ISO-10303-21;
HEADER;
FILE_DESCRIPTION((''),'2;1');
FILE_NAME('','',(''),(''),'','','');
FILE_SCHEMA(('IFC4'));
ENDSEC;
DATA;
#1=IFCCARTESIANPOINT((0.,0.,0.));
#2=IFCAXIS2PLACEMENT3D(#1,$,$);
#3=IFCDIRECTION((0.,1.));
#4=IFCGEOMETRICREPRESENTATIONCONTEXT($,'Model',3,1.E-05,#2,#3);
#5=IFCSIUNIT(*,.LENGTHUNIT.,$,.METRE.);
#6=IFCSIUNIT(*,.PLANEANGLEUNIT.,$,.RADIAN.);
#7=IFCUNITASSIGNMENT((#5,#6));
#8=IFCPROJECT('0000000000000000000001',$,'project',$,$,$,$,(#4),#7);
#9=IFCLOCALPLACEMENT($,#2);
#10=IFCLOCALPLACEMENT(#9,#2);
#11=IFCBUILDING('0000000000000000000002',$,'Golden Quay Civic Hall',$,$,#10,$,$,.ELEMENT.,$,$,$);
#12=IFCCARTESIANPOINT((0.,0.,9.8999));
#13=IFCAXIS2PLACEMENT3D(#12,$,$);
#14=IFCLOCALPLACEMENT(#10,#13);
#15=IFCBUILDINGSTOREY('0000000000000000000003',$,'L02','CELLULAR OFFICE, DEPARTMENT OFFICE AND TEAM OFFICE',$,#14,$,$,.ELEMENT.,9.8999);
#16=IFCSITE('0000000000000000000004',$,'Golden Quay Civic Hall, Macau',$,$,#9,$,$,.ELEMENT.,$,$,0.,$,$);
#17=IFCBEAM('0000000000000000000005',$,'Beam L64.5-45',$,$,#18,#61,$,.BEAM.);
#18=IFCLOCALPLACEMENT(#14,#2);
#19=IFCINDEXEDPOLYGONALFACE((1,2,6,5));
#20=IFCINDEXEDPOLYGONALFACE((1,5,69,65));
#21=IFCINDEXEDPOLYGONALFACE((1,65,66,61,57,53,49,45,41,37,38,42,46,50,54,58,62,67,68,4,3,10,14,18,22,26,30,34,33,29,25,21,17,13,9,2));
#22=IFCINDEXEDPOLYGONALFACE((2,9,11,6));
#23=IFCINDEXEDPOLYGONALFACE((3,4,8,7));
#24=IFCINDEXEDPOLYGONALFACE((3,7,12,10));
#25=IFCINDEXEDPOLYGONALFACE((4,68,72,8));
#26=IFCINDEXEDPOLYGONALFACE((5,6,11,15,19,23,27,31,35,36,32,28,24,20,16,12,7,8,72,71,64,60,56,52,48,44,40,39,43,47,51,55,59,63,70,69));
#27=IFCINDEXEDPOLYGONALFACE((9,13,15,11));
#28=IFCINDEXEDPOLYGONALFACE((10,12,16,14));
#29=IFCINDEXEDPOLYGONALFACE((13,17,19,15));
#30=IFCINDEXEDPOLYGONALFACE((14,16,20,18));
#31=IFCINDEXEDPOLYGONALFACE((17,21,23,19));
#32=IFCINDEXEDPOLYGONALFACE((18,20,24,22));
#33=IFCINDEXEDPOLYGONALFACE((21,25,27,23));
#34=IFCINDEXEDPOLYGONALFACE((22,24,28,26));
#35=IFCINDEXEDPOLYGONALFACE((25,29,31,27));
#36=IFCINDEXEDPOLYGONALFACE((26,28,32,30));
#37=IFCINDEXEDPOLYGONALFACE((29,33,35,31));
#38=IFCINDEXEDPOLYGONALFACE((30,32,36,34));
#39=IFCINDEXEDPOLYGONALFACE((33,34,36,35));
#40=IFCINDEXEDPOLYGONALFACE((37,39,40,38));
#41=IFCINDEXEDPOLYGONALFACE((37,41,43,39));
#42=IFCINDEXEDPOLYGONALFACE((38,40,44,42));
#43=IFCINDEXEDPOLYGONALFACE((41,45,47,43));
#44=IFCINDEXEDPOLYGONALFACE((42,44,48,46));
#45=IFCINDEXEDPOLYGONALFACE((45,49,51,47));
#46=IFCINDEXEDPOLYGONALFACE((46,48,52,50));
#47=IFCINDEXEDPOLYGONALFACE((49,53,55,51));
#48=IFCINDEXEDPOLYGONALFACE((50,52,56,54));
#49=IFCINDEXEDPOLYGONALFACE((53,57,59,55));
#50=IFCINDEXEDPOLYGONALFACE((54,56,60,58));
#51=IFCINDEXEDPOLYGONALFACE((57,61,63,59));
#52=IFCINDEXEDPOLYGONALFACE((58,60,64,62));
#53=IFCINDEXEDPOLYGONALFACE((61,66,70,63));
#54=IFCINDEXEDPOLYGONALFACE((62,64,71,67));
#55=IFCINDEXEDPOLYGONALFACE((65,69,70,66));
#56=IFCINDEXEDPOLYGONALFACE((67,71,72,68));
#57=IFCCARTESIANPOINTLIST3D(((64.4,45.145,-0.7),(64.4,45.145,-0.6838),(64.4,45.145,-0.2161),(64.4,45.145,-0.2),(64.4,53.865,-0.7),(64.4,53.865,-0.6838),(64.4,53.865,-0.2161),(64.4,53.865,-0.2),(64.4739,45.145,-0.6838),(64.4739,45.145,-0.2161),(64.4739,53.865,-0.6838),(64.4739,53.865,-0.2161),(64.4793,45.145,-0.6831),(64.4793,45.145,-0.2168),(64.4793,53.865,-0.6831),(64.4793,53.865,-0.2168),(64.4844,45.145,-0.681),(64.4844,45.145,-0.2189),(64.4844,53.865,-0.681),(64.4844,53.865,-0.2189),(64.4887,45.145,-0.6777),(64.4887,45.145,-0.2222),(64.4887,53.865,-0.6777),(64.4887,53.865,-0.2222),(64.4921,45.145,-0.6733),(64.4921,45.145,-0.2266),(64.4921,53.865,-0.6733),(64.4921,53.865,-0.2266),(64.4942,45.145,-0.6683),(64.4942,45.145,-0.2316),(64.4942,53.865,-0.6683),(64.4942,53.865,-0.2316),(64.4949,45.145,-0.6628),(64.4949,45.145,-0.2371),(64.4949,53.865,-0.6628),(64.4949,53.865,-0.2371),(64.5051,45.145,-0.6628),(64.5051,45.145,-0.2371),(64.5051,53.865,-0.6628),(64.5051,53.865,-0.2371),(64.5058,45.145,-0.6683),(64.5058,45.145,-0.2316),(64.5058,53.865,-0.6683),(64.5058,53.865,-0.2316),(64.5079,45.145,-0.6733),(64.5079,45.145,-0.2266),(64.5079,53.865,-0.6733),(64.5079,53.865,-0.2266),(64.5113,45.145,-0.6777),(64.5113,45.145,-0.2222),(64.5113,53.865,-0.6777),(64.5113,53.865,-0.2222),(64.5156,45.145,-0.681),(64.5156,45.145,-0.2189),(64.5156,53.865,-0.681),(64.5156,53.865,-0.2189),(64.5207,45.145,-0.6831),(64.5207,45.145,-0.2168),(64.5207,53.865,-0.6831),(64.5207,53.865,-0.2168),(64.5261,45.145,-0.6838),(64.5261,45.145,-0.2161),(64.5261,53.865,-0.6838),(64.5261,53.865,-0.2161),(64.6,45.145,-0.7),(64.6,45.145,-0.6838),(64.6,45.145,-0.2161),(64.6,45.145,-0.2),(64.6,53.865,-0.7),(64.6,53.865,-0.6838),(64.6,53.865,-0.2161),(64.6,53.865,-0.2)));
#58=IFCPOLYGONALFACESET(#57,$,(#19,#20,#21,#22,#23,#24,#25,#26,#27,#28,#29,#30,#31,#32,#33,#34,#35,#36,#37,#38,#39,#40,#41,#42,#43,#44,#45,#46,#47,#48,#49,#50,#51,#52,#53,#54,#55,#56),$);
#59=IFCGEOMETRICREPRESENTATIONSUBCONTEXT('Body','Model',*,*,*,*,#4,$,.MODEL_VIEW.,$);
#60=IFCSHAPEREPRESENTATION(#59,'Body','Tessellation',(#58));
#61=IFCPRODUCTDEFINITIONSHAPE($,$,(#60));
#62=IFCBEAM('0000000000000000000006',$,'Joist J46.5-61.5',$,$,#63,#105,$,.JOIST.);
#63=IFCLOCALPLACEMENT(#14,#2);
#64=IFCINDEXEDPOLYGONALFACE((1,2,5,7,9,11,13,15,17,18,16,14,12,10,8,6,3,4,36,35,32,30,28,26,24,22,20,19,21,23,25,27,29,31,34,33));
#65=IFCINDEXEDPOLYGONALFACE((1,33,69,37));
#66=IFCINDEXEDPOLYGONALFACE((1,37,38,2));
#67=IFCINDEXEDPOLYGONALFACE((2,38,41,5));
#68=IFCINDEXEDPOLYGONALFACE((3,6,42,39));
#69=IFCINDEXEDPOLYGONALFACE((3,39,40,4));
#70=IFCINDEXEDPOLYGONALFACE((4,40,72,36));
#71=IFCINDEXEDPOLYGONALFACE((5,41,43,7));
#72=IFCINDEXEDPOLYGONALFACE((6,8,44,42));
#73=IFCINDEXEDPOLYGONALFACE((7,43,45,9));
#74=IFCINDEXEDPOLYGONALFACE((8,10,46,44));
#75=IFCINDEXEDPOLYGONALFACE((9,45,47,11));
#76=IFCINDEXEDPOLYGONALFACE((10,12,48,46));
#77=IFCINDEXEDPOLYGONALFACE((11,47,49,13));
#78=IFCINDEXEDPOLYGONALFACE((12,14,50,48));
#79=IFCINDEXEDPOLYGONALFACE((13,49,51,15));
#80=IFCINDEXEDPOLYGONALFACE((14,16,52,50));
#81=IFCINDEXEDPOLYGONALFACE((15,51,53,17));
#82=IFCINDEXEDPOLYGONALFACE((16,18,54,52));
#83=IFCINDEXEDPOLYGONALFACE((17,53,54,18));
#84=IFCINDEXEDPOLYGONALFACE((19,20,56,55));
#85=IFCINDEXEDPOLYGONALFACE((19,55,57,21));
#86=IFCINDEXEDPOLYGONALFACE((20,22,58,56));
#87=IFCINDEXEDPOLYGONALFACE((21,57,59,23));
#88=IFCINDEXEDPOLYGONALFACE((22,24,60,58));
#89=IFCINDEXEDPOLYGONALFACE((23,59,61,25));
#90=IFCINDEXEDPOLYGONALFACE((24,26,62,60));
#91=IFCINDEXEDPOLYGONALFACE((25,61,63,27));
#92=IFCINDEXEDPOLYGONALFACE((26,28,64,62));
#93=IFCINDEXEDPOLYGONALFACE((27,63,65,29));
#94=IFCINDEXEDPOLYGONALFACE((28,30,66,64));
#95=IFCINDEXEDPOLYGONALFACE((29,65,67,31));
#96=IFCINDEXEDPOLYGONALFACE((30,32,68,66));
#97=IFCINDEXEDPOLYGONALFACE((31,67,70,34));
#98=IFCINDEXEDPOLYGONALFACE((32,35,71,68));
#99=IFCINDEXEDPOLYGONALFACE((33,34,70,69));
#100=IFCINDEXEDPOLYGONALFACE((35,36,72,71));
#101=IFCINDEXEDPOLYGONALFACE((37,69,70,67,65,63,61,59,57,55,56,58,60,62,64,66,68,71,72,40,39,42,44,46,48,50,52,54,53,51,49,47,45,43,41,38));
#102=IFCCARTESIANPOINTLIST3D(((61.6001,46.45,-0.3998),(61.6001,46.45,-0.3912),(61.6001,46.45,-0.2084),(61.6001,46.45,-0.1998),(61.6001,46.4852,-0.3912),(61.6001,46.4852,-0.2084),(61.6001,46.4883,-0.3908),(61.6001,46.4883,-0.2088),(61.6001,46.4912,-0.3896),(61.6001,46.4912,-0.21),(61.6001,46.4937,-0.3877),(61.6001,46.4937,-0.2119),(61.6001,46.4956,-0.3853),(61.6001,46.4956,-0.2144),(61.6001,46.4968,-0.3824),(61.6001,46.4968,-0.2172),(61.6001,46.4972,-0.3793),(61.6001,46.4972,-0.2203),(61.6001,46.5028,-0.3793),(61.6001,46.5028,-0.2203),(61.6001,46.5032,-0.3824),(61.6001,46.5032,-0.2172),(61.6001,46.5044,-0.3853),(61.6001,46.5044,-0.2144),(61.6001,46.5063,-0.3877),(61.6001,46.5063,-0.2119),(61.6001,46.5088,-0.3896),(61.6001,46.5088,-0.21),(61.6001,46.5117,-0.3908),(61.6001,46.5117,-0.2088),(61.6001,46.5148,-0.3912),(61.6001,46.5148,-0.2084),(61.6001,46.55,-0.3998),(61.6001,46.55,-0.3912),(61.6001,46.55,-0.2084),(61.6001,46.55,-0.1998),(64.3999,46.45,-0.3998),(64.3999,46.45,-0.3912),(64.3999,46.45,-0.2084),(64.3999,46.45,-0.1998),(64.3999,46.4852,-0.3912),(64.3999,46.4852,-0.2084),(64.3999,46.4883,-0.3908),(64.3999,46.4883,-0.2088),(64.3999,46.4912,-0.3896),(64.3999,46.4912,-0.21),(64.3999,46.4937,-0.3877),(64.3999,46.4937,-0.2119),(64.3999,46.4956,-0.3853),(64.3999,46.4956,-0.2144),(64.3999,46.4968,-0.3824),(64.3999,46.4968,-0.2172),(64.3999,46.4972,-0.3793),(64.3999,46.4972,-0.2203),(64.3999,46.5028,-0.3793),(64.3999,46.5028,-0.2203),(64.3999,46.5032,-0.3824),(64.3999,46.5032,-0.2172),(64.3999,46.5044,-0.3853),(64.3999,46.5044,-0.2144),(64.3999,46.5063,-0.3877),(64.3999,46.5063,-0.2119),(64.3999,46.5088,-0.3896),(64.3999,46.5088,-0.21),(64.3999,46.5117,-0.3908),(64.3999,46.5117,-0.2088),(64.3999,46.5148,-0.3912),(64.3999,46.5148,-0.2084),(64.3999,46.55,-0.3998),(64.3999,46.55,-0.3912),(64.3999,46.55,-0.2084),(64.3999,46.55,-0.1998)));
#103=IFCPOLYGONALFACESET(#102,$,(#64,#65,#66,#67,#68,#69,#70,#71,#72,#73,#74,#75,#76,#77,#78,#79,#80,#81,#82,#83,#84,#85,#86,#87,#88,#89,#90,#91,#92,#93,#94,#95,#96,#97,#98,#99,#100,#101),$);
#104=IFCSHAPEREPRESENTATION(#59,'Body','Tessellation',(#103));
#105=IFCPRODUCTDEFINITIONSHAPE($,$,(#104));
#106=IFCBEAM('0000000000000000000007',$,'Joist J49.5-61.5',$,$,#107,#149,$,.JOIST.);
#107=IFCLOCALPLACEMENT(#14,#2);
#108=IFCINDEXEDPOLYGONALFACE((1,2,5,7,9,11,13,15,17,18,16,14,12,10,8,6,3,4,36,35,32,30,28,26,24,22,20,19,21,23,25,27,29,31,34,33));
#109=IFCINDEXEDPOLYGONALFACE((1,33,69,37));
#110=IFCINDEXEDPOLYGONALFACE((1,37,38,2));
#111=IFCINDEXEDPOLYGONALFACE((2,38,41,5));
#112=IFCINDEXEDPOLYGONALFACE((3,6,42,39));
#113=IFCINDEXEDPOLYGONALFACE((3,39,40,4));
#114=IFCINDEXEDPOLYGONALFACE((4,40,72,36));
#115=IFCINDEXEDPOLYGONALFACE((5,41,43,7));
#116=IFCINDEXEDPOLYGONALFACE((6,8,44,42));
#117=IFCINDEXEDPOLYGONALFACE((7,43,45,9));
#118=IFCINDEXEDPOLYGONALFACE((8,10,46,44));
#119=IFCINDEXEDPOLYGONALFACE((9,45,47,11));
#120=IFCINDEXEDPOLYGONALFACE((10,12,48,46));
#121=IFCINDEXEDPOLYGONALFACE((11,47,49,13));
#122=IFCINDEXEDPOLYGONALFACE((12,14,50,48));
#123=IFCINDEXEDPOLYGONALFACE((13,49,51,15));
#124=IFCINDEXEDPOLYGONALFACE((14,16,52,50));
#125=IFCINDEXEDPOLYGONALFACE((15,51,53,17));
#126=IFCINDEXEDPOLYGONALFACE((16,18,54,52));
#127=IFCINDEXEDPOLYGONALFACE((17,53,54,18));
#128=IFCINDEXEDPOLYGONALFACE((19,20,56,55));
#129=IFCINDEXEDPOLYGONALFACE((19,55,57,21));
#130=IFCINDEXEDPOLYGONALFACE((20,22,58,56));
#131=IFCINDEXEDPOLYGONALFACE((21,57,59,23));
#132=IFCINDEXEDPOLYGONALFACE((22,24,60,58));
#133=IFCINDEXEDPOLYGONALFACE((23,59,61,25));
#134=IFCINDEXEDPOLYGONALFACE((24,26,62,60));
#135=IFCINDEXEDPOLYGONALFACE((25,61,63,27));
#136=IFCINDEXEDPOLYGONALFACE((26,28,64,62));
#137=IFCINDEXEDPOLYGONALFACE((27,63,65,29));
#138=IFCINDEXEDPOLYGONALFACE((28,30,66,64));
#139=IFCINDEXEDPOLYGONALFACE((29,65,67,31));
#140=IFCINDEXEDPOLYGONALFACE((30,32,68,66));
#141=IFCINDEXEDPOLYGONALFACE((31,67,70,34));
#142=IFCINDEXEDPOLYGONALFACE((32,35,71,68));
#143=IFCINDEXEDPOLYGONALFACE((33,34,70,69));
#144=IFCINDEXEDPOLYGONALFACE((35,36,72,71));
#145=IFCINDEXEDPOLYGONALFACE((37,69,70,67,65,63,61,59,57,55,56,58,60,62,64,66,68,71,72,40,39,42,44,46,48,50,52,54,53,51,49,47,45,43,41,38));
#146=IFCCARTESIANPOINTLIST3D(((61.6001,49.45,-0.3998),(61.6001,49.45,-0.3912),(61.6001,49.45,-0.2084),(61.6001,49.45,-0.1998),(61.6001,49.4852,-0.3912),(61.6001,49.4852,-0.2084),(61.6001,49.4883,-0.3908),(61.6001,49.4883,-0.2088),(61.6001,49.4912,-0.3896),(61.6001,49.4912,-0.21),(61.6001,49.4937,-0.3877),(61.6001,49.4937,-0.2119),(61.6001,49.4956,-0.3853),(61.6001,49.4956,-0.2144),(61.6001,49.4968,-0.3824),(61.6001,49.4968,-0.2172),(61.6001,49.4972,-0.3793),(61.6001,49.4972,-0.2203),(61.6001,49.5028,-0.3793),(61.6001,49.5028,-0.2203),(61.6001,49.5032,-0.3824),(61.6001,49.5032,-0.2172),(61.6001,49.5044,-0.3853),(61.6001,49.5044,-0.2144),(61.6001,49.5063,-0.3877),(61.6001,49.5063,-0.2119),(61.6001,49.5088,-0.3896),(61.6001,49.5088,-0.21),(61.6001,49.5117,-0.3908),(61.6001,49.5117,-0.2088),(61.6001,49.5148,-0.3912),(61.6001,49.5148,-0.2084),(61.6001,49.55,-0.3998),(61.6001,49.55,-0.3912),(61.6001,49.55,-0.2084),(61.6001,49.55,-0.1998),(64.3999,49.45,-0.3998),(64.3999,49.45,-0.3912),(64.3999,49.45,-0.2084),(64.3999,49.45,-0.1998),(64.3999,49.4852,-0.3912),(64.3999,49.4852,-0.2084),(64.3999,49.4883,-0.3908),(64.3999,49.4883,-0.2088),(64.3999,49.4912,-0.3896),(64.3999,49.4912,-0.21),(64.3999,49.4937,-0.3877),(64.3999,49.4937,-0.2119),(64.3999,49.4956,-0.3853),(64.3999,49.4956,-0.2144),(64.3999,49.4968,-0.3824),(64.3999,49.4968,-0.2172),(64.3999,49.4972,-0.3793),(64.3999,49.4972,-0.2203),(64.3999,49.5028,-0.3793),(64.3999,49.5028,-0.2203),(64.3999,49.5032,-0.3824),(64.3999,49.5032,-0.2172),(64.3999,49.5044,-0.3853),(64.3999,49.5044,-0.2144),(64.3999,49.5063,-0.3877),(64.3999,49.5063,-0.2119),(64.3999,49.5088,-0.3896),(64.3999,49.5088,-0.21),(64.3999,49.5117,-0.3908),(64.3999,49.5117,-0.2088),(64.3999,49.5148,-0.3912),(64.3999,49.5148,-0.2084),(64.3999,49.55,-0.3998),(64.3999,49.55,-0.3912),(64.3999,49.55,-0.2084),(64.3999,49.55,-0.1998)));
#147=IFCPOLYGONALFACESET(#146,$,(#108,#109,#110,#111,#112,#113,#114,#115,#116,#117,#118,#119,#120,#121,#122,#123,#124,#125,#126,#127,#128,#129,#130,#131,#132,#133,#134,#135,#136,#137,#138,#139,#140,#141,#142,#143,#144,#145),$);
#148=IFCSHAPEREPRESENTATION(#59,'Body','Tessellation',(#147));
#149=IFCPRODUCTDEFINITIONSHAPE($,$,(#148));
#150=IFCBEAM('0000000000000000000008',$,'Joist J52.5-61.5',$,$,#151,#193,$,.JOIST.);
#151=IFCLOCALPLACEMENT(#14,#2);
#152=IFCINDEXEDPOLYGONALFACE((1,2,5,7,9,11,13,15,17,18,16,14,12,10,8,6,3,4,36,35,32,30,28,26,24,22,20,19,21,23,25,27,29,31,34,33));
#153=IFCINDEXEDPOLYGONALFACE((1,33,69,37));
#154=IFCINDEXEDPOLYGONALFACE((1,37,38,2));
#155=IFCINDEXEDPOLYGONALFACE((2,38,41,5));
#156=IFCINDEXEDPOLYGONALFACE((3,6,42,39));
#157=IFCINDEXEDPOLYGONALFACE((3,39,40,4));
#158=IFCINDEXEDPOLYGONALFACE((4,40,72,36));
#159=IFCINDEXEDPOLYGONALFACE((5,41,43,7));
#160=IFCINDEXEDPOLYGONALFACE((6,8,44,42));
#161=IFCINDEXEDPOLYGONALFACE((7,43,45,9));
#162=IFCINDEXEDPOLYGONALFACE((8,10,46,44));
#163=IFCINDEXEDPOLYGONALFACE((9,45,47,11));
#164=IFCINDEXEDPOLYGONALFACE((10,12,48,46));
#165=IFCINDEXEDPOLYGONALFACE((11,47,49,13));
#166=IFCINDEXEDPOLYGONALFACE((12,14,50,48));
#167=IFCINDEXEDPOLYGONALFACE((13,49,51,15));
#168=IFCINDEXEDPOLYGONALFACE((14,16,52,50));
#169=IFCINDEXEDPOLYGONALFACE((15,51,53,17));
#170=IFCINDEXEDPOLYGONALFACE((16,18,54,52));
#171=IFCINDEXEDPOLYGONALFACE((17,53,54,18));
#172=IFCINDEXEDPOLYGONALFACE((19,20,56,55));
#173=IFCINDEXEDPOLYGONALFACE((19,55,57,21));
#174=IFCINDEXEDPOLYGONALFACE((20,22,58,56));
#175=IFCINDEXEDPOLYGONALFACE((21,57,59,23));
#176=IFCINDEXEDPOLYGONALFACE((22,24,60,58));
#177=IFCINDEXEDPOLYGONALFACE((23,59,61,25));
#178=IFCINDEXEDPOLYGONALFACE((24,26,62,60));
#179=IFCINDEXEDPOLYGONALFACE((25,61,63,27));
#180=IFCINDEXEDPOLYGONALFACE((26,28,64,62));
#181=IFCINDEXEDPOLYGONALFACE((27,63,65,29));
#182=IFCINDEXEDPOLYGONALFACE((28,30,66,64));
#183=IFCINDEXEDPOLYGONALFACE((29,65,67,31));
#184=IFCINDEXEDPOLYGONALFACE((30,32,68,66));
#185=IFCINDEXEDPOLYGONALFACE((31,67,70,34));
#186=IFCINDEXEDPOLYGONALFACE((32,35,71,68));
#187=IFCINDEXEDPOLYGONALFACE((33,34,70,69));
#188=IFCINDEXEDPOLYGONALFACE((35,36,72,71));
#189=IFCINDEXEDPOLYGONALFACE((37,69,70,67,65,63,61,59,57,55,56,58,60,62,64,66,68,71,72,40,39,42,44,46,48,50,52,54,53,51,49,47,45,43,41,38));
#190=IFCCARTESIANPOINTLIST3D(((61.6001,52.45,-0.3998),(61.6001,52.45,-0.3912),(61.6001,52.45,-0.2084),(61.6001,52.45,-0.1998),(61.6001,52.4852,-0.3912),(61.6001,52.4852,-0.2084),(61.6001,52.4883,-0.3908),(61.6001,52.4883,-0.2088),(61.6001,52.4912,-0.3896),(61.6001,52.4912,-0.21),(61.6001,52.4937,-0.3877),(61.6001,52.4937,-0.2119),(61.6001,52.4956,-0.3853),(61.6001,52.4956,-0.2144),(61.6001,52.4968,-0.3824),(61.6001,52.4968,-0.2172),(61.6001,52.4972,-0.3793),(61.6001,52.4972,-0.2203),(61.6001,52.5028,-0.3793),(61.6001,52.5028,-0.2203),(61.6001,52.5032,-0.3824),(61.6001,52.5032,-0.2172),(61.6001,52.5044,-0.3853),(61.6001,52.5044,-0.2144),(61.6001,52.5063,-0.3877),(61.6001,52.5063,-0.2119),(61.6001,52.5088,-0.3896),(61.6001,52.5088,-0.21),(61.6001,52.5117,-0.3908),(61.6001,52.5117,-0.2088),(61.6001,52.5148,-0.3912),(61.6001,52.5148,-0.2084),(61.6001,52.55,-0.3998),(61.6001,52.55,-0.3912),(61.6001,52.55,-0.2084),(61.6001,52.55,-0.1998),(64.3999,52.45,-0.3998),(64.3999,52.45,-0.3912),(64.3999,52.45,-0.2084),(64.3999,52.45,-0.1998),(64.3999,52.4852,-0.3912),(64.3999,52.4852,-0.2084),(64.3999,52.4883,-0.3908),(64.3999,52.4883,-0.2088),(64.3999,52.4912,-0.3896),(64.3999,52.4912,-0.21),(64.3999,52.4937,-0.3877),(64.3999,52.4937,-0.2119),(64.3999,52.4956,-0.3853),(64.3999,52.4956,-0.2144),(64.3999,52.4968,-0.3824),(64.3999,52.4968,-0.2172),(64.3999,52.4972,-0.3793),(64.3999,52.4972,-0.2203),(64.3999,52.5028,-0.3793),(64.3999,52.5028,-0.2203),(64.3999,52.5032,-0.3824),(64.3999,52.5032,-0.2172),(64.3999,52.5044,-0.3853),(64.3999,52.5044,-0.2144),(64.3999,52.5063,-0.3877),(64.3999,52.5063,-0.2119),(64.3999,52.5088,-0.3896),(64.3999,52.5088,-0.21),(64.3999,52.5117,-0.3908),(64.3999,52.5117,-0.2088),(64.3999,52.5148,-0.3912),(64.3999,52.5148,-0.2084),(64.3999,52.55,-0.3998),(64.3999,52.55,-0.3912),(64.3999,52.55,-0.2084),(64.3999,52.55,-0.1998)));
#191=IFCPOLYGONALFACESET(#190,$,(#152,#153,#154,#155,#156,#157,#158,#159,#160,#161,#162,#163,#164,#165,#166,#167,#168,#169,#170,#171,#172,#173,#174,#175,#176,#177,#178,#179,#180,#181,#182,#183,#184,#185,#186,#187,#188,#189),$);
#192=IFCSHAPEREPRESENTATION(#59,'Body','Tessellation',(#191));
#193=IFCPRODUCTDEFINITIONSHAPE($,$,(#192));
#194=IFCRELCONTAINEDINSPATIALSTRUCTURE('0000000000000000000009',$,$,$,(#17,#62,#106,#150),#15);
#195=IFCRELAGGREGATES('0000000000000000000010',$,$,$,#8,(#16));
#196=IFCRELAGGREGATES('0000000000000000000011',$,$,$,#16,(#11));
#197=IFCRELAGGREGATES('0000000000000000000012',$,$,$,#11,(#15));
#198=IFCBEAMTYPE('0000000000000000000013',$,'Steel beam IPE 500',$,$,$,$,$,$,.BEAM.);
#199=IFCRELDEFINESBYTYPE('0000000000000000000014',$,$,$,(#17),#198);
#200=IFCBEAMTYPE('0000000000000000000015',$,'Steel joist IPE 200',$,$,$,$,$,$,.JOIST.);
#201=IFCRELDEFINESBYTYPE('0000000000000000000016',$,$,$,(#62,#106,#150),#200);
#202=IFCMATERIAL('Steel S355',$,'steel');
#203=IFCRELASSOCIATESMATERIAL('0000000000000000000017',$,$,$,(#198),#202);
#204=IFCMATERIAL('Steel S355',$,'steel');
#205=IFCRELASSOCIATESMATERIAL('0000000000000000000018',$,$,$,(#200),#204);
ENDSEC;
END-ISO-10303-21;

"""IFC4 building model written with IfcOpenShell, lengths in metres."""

from ifc_helpers import new_model, si_unit, direction, frame, origin, origin_2d, place, context, subcontext, project, spatial, i_section, extrude, material, material_profile, profile_set, type_object, element, save


model = new_model("IFC4")

# Units and contexts
model_context = context("Model", 3, precision=1e-05, world=origin(), true_north=direction((0.0, 1.0)))
body_context = subcontext(model_context, "Body", "Model", "MODEL_VIEW")
ifc_project = project(units=[si_unit("LENGTHUNIT", "METRE"), si_unit("PLANEANGLEUNIT", "RADIAN")], contexts=[model_context])

# Site, building, storey
site_placement = place(None, origin())
site = spatial("IfcSite", under=ifc_project, at=site_placement, Name="Golden Quay Civic Hall, Macau", CompositionType="ELEMENT", RefElevation=0.0)
building_placement = place(site_placement, origin())
building = spatial("IfcBuilding", under=site, at=building_placement, Name="Golden Quay Civic Hall", CompositionType="ELEMENT")
storey_placement = place(building_placement, frame((0.0, 0.0, 9.8999)))
storey = spatial("IfcBuildingStorey", under=building, at=storey_placement, Name="L02", Description="CELLULAR OFFICE, DEPARTMENT OFFICE AND TEAM OFFICE", CompositionType="ELEMENT", Elevation=9.8999)

# Beams
ifc_material_1 = material(Name="Steel S355", Category="steel")
ifc_material_profile_1 = material_profile(ifc_material_1, i_section(OverallWidth=0.2, OverallDepth=0.5, WebThickness=0.0103, FlangeThickness=0.0161, FilletRadius=0.021, at=origin_2d()), Name="IPE 500")
ifc_profile_set_1 = profile_set([ifc_material_profile_1], Name="Steel S355")
beam_type_1 = type_object("IfcBeamType", Name="Steel beam IPE 500", PredefinedType="BEAM", material=ifc_profile_set_1)
beam_1_placement = place(storey_placement, frame((64.5, 45.145, -0.45), z_axis=(0.0, 1.0, 0.0), x_axis=(-1.0, 0.0, 0.0)))
element("IfcBeam", 1, at=beam_1_placement, inside=storey, type_object=beam_type_1, Name="Beam L64.5-45", PredefinedType="BEAM", context=body_context, shape_type="SweptSolid", body=[
    extrude(i_section(OverallWidth=0.2, OverallDepth=0.5, WebThickness=0.0103, FlangeThickness=0.0161, FilletRadius=0.021, at=origin_2d()), origin(), (0.0, 0.0, 1.0), 8.72),
])
ifc_material_2 = material(Name="Steel S355", Category="steel")
ifc_material_profile_2 = material_profile(ifc_material_2, i_section(OverallWidth=0.1001, OverallDepth=0.2, WebThickness=0.0056, FlangeThickness=0.0085, FilletRadius=0.012, at=origin_2d()), Name="IPE 200")
ifc_profile_set_2 = profile_set([ifc_material_profile_2], Name="Steel S355")
beam_type_2 = type_object("IfcBeamType", Name="Steel joist IPE 200", PredefinedType="JOIST", material=ifc_profile_set_2)
for number, where, z_axis, x_axis, name in (
    (2, (61.6001, 46.5, -0.2998), (1.0, 0.0, 0.0), (0.0, 1.0, 0.0), "Joist J46.5-61.5"),
    (3, (61.6001, 49.5, -0.2998), (1.0, 0.0, 0.0), (0.0, 1.0, 0.0), "Joist J49.5-61.5"),
    (4, (61.6001, 52.5, -0.2998), (1.0, 0.0, 0.0), (0.0, 1.0, 0.0), "Joist J52.5-61.5"),
):
    element("IfcBeam", number, at=place(storey_placement, frame(where, z_axis=z_axis, x_axis=x_axis)), inside=storey, type_object=beam_type_2, Name=name, PredefinedType="JOIST", context=body_context, shape_type="SweptSolid", body=[
        extrude(i_section(OverallWidth=0.1001, OverallDepth=0.2, WebThickness=0.0056, FlangeThickness=0.0085, FilletRadius=0.012, at=origin_2d()), origin(), (0.0, 0.0, 1.0), 2.7998),
    ])

save(model, "model.ifc")
